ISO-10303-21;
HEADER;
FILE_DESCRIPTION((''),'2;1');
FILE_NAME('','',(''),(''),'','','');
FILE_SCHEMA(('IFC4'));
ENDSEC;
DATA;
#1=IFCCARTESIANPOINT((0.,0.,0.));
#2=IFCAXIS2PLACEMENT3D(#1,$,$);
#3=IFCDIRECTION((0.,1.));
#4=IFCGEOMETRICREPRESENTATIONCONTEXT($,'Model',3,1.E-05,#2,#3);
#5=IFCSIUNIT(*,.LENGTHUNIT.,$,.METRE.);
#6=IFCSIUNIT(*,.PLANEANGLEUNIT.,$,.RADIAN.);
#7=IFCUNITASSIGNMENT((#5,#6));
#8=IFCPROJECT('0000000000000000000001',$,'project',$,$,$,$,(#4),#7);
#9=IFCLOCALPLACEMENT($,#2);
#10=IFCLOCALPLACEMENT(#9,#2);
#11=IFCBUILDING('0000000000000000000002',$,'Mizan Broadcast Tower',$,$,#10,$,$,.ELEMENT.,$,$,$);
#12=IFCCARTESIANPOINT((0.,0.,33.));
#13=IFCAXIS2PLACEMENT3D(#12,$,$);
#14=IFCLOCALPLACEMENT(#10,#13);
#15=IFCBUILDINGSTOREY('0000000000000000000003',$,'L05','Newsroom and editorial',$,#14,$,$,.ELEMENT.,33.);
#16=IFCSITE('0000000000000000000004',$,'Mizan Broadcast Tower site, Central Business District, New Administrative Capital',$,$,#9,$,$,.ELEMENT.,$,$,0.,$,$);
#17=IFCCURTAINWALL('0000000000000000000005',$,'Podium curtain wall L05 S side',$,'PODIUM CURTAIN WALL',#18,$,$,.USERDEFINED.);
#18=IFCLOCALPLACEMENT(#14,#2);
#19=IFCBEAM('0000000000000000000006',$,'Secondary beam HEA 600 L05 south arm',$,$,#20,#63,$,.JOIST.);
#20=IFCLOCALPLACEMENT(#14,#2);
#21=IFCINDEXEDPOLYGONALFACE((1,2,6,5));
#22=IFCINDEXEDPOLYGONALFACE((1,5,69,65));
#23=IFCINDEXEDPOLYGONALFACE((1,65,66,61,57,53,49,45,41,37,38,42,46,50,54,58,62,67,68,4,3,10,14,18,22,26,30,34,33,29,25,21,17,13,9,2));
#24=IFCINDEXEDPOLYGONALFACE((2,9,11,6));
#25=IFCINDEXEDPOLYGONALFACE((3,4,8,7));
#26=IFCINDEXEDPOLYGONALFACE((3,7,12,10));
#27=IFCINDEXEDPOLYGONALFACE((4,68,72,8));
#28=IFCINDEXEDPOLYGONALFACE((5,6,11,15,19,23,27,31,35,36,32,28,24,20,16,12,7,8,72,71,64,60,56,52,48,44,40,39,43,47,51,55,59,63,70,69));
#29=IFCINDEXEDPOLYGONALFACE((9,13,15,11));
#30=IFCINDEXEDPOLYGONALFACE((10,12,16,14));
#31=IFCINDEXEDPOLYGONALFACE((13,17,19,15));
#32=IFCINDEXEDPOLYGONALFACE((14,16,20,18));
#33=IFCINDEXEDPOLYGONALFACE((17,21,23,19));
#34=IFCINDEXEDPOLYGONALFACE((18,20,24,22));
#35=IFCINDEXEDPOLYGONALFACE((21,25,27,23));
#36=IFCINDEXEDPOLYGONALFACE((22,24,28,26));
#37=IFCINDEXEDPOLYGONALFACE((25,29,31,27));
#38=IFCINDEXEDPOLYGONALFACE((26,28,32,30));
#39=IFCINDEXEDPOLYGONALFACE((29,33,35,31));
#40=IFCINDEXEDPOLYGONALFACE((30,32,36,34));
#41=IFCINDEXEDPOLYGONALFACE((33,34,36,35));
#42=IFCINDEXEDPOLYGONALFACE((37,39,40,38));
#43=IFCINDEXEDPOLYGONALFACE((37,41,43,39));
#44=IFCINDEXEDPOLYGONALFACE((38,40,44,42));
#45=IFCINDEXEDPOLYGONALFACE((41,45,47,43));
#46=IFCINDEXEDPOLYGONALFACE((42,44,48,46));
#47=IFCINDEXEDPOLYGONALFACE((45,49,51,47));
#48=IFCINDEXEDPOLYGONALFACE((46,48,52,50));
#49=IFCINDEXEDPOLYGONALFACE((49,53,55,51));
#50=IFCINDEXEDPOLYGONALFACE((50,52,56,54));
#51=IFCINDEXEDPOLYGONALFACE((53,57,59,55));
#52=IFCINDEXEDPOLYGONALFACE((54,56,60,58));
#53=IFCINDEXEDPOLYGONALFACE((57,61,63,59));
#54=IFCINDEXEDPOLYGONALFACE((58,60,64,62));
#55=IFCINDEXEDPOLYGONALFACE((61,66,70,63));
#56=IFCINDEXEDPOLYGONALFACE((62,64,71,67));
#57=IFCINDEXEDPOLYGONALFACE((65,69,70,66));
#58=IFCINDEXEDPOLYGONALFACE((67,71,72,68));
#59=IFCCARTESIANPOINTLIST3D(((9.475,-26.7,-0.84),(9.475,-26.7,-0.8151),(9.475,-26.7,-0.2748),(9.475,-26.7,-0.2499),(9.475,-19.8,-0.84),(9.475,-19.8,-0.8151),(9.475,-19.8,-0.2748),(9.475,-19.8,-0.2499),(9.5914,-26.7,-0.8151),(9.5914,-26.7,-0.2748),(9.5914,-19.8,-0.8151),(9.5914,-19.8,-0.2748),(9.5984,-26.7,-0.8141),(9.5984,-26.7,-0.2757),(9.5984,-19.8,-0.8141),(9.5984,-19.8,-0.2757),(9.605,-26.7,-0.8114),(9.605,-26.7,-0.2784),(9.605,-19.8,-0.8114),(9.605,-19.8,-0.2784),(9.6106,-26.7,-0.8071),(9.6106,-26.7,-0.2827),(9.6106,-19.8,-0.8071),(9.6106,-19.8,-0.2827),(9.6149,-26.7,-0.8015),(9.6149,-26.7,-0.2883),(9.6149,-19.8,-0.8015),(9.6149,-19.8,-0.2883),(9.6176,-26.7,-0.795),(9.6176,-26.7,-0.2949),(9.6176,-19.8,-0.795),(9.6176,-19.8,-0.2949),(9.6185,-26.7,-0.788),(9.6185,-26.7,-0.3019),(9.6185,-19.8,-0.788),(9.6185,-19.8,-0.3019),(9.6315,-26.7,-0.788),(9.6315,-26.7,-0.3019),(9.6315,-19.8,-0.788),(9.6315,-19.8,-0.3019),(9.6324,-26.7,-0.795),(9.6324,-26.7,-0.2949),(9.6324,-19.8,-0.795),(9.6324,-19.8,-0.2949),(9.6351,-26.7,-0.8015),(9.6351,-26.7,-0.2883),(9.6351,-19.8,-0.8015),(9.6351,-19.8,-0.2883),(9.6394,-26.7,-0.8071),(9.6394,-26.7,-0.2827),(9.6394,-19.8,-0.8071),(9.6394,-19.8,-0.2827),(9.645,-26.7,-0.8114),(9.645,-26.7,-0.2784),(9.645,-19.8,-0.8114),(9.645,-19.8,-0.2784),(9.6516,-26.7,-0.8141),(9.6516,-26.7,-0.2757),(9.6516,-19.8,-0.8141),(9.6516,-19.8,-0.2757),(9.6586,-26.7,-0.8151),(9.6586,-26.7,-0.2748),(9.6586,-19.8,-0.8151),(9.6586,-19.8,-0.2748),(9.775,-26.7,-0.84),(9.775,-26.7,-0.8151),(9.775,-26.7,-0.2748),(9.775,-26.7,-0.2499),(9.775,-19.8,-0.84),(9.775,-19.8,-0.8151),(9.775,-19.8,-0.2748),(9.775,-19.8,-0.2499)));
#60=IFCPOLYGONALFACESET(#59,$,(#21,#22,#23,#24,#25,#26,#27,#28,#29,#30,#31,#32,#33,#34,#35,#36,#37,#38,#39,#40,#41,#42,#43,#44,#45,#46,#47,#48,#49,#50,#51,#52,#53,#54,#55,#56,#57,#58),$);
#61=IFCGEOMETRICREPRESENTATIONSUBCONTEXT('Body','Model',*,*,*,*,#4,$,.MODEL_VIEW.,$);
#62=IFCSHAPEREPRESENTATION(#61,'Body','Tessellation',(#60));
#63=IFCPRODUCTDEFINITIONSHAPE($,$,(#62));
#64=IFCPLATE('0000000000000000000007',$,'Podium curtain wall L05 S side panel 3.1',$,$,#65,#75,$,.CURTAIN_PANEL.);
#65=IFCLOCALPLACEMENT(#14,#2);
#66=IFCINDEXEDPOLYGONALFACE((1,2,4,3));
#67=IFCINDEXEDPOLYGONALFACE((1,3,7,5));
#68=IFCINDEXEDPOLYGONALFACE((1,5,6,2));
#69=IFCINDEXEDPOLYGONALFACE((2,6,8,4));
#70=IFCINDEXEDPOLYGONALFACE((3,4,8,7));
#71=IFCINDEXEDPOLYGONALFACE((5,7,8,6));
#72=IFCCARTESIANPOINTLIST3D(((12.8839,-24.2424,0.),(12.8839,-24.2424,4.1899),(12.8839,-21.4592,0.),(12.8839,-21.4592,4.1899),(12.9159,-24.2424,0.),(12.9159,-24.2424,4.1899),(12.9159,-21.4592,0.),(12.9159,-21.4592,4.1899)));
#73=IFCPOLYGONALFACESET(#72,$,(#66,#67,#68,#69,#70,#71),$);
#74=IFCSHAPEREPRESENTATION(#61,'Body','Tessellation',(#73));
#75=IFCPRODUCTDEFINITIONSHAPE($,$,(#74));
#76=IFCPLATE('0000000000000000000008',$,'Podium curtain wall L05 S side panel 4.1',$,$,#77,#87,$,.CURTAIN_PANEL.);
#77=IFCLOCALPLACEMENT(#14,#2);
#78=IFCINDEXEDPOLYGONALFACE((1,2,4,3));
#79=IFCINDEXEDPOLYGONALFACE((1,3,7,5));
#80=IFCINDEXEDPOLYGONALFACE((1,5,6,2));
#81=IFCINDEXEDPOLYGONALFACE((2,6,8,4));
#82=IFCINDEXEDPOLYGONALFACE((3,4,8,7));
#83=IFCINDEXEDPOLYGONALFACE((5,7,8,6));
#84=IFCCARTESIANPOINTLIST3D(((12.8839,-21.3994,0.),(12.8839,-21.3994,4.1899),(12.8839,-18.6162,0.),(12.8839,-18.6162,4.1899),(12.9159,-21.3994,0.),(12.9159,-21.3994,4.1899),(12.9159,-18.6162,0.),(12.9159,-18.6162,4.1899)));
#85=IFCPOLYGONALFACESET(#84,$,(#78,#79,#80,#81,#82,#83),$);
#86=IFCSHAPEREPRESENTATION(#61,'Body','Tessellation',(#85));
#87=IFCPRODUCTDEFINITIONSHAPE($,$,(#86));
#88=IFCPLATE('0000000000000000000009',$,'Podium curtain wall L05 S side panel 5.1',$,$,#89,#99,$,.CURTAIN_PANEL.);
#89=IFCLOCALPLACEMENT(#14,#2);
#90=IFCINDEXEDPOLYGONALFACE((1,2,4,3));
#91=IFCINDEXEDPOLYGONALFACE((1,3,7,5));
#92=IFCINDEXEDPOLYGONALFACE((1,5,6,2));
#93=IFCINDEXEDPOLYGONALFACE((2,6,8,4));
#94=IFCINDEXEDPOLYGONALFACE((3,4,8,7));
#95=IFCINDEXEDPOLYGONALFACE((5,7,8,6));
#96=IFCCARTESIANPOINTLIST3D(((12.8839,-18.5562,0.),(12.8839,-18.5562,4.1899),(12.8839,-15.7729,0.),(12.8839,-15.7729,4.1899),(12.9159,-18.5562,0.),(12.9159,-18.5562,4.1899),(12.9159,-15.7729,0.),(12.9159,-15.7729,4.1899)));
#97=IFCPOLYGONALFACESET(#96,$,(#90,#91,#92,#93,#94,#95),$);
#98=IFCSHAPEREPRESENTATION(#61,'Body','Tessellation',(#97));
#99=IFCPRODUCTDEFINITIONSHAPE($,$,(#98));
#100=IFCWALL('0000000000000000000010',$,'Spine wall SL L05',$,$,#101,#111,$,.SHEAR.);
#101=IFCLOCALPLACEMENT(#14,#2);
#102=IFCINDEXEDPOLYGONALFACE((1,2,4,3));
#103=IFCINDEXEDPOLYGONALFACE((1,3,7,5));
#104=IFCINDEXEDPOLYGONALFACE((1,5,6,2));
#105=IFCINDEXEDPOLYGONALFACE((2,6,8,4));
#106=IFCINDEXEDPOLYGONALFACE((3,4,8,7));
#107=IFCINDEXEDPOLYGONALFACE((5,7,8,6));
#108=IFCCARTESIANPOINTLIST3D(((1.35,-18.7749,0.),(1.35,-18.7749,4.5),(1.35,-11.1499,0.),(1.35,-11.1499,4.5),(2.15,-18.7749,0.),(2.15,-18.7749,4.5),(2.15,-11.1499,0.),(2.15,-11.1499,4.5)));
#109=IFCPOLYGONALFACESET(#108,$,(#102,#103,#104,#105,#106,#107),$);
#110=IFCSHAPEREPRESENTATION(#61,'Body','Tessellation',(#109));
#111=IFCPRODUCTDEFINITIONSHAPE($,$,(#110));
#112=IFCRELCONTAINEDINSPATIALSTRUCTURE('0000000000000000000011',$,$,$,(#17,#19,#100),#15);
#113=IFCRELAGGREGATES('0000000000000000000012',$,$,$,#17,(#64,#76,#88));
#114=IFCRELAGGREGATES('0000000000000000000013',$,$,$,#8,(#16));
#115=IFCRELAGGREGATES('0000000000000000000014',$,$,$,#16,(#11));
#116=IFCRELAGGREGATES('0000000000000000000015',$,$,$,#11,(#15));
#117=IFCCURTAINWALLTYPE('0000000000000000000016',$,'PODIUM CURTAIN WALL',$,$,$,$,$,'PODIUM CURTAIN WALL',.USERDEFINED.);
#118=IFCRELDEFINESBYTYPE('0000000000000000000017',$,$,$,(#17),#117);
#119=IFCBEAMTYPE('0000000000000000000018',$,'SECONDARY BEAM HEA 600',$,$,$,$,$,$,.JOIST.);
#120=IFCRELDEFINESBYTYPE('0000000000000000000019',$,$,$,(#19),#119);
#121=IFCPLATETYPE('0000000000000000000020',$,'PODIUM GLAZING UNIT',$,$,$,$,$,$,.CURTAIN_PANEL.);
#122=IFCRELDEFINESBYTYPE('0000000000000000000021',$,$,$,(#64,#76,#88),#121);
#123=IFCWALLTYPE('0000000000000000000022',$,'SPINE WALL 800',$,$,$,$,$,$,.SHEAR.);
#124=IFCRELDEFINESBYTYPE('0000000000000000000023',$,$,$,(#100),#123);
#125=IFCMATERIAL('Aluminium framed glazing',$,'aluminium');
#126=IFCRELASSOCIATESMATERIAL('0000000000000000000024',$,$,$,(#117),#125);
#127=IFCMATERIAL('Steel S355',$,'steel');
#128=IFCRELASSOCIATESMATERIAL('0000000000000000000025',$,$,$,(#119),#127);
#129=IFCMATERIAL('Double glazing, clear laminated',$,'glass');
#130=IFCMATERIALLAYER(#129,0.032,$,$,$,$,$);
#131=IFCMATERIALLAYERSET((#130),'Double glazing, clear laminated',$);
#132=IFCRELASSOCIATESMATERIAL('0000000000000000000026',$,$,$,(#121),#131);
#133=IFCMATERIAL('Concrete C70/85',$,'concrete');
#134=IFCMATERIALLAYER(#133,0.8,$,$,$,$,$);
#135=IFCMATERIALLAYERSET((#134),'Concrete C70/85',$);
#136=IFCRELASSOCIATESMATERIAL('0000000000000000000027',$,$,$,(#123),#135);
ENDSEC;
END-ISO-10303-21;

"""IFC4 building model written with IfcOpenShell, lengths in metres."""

from ifc_helpers import new_model, si_unit, direction, frame, frame_2d, origin, origin_2d, place, context, subcontext, project, spatial, rectangle, i_section, extrude, material, layer, layer_set, material_profile, profile_set, type_object, element, aggregate, save


model = new_model("IFC4")

# Units and contexts
model_context = context("Model", 3, precision=1e-05, world=origin(), true_north=direction((0.0, 1.0)))
body_context = subcontext(model_context, "Body", "Model", "MODEL_VIEW")
ifc_project = project(units=[si_unit("LENGTHUNIT", "METRE"), si_unit("PLANEANGLEUNIT", "RADIAN")], contexts=[model_context])

# Site, building, storey
site_placement = place(None, origin())
site = spatial("IfcSite", under=ifc_project, at=site_placement, Name="Mizan Broadcast Tower site, Central Business District, New Administrative Capital", CompositionType="ELEMENT", RefElevation=0.0)
building_placement = place(site_placement, origin())
building = spatial("IfcBuilding", under=site, at=building_placement, Name="Mizan Broadcast Tower", CompositionType="ELEMENT")
storey_placement = place(building_placement, frame((0.0, 0.0, 33.0)))
storey = spatial("IfcBuildingStorey", under=building, at=storey_placement, Name="L05", Description="Newsroom and editorial", CompositionType="ELEMENT", Elevation=33.0)

# Curtain wall
ifc_material_1 = material(Name="Aluminium framed glazing", Category="aluminium")
curtain_wall_type = type_object("IfcCurtainWallType", Name="PODIUM CURTAIN WALL", ElementType="PODIUM CURTAIN WALL", PredefinedType="USERDEFINED", material=ifc_material_1)
curtain_wall_placement = place(storey_placement, origin())
curtain_wall = element("IfcCurtainWall", 1, at=curtain_wall_placement, inside=storey, type_object=curtain_wall_type, Name="Podium curtain wall L05 S side", ObjectType="PODIUM CURTAIN WALL", PredefinedType="USERDEFINED")

# Beam
ifc_material_2 = material(Name="Steel S355", Category="steel")
ifc_material_profile_1 = material_profile(ifc_material_2, i_section(OverallWidth=0.3, OverallDepth=0.5901, WebThickness=0.0129, FlangeThickness=0.0249, FilletRadius=0.0271, at=origin_2d()), Name="HEA 600")
ifc_profile_set_1 = profile_set([ifc_material_profile_1], Name="Steel S355")
beam_type_1 = type_object("IfcBeamType", Name="SECONDARY BEAM HEA 600", PredefinedType="JOIST", material=ifc_profile_set_1)
beam_1_placement = place(storey_placement, frame((9.625, -19.8, -0.5449), z_axis=(0.0, -1.0, 0.0), x_axis=(1.0, 0.0, 0.0)))
element("IfcBeam", 2, at=beam_1_placement, inside=storey, type_object=beam_type_1, Name="Secondary beam HEA 600 L05 south arm", PredefinedType="JOIST", context=body_context, shape_type="SweptSolid", body=[
    extrude(i_section(OverallWidth=0.3, OverallDepth=0.5901, WebThickness=0.0129, FlangeThickness=0.0249, FilletRadius=0.0271, at=origin_2d()), origin(), (0.0, 0.0, 1.0), 6.8999),
])

# Plates
ifc_material_3 = material(Name="Double glazing, clear laminated", Category="glass")
ifc_layer_1 = layer(ifc_material_3, 0.032)
ifc_layer_set_1 = layer_set([ifc_layer_1], Name="Double glazing, clear laminated")
plate_type = type_object("IfcPlateType", Name="PODIUM GLAZING UNIT", PredefinedType="CURTAIN_PANEL", material=ifc_layer_set_1)
plate_1_placement = place(storey_placement, frame((12.8999, -22.8508, 0.0), z_axis=(0.0, 0.0, 1.0), x_axis=(0.0, 1.0, 0.0)))
plate_1 = element("IfcPlate", 3, at=plate_1_placement, type_object=plate_type, Name="Podium curtain wall L05 S side panel 3.1", PredefinedType="CURTAIN_PANEL", context=body_context, shape_type="SweptSolid", body=[
    extrude(rectangle(XDim=2.7832, YDim=0.032, at=origin_2d()), origin(), (0.0, 0.0, 1.0), 4.1899),
])
plate_2_placement = place(storey_placement, frame((12.8999, -20.0078, 0.0), z_axis=(0.0, 0.0, 1.0), x_axis=(0.0, 1.0, 0.0)))
plate_2 = element("IfcPlate", 4, at=plate_2_placement, type_object=plate_type, Name="Podium curtain wall L05 S side panel 4.1", PredefinedType="CURTAIN_PANEL", context=body_context, shape_type="SweptSolid", body=[
    extrude(rectangle(XDim=2.7832, YDim=0.032, at=origin_2d()), origin(), (0.0, 0.0, 1.0), 4.1899),
])
plate_3_placement = place(storey_placement, frame((12.8999, -17.1646, 0.0), z_axis=(0.0, 0.0, 1.0), x_axis=(0.0, 1.0, 0.0)))
plate_3 = element("IfcPlate", 5, at=plate_3_placement, type_object=plate_type, Name="Podium curtain wall L05 S side panel 5.1", PredefinedType="CURTAIN_PANEL", context=body_context, shape_type="SweptSolid", body=[
    extrude(rectangle(XDim=2.7832, YDim=0.032, at=origin_2d()), origin(), (0.0, 0.0, 1.0), 4.1899),
])
aggregate(curtain_wall, [plate_1, plate_2, plate_3])

# Wall
ifc_material_4 = material(Name="Concrete C70/85", Category="concrete")
ifc_layer_2 = layer(ifc_material_4, 0.8)
ifc_layer_set_2 = layer_set([ifc_layer_2], Name="Concrete C70/85")
wall_type = type_object("IfcWallType", Name="SPINE WALL 800", PredefinedType="SHEAR", material=ifc_layer_set_2)
wall_placement = place(storey_placement, frame((1.75, -11.1499, 0.0), z_axis=(0.0, 0.0, 1.0), x_axis=(0.0, -1.0, 0.0)))
element("IfcWall", 6, at=wall_placement, inside=storey, type_object=wall_type, Name="Spine wall SL L05", PredefinedType="SHEAR", context=body_context, shape_type="SweptSolid", body=[
    extrude(rectangle(XDim=7.625, YDim=0.8, at=frame_2d((3.8125, 0.0))), origin(), (0.0, 0.0, 1.0), 4.5),
])

save(model, "model.ifc")
